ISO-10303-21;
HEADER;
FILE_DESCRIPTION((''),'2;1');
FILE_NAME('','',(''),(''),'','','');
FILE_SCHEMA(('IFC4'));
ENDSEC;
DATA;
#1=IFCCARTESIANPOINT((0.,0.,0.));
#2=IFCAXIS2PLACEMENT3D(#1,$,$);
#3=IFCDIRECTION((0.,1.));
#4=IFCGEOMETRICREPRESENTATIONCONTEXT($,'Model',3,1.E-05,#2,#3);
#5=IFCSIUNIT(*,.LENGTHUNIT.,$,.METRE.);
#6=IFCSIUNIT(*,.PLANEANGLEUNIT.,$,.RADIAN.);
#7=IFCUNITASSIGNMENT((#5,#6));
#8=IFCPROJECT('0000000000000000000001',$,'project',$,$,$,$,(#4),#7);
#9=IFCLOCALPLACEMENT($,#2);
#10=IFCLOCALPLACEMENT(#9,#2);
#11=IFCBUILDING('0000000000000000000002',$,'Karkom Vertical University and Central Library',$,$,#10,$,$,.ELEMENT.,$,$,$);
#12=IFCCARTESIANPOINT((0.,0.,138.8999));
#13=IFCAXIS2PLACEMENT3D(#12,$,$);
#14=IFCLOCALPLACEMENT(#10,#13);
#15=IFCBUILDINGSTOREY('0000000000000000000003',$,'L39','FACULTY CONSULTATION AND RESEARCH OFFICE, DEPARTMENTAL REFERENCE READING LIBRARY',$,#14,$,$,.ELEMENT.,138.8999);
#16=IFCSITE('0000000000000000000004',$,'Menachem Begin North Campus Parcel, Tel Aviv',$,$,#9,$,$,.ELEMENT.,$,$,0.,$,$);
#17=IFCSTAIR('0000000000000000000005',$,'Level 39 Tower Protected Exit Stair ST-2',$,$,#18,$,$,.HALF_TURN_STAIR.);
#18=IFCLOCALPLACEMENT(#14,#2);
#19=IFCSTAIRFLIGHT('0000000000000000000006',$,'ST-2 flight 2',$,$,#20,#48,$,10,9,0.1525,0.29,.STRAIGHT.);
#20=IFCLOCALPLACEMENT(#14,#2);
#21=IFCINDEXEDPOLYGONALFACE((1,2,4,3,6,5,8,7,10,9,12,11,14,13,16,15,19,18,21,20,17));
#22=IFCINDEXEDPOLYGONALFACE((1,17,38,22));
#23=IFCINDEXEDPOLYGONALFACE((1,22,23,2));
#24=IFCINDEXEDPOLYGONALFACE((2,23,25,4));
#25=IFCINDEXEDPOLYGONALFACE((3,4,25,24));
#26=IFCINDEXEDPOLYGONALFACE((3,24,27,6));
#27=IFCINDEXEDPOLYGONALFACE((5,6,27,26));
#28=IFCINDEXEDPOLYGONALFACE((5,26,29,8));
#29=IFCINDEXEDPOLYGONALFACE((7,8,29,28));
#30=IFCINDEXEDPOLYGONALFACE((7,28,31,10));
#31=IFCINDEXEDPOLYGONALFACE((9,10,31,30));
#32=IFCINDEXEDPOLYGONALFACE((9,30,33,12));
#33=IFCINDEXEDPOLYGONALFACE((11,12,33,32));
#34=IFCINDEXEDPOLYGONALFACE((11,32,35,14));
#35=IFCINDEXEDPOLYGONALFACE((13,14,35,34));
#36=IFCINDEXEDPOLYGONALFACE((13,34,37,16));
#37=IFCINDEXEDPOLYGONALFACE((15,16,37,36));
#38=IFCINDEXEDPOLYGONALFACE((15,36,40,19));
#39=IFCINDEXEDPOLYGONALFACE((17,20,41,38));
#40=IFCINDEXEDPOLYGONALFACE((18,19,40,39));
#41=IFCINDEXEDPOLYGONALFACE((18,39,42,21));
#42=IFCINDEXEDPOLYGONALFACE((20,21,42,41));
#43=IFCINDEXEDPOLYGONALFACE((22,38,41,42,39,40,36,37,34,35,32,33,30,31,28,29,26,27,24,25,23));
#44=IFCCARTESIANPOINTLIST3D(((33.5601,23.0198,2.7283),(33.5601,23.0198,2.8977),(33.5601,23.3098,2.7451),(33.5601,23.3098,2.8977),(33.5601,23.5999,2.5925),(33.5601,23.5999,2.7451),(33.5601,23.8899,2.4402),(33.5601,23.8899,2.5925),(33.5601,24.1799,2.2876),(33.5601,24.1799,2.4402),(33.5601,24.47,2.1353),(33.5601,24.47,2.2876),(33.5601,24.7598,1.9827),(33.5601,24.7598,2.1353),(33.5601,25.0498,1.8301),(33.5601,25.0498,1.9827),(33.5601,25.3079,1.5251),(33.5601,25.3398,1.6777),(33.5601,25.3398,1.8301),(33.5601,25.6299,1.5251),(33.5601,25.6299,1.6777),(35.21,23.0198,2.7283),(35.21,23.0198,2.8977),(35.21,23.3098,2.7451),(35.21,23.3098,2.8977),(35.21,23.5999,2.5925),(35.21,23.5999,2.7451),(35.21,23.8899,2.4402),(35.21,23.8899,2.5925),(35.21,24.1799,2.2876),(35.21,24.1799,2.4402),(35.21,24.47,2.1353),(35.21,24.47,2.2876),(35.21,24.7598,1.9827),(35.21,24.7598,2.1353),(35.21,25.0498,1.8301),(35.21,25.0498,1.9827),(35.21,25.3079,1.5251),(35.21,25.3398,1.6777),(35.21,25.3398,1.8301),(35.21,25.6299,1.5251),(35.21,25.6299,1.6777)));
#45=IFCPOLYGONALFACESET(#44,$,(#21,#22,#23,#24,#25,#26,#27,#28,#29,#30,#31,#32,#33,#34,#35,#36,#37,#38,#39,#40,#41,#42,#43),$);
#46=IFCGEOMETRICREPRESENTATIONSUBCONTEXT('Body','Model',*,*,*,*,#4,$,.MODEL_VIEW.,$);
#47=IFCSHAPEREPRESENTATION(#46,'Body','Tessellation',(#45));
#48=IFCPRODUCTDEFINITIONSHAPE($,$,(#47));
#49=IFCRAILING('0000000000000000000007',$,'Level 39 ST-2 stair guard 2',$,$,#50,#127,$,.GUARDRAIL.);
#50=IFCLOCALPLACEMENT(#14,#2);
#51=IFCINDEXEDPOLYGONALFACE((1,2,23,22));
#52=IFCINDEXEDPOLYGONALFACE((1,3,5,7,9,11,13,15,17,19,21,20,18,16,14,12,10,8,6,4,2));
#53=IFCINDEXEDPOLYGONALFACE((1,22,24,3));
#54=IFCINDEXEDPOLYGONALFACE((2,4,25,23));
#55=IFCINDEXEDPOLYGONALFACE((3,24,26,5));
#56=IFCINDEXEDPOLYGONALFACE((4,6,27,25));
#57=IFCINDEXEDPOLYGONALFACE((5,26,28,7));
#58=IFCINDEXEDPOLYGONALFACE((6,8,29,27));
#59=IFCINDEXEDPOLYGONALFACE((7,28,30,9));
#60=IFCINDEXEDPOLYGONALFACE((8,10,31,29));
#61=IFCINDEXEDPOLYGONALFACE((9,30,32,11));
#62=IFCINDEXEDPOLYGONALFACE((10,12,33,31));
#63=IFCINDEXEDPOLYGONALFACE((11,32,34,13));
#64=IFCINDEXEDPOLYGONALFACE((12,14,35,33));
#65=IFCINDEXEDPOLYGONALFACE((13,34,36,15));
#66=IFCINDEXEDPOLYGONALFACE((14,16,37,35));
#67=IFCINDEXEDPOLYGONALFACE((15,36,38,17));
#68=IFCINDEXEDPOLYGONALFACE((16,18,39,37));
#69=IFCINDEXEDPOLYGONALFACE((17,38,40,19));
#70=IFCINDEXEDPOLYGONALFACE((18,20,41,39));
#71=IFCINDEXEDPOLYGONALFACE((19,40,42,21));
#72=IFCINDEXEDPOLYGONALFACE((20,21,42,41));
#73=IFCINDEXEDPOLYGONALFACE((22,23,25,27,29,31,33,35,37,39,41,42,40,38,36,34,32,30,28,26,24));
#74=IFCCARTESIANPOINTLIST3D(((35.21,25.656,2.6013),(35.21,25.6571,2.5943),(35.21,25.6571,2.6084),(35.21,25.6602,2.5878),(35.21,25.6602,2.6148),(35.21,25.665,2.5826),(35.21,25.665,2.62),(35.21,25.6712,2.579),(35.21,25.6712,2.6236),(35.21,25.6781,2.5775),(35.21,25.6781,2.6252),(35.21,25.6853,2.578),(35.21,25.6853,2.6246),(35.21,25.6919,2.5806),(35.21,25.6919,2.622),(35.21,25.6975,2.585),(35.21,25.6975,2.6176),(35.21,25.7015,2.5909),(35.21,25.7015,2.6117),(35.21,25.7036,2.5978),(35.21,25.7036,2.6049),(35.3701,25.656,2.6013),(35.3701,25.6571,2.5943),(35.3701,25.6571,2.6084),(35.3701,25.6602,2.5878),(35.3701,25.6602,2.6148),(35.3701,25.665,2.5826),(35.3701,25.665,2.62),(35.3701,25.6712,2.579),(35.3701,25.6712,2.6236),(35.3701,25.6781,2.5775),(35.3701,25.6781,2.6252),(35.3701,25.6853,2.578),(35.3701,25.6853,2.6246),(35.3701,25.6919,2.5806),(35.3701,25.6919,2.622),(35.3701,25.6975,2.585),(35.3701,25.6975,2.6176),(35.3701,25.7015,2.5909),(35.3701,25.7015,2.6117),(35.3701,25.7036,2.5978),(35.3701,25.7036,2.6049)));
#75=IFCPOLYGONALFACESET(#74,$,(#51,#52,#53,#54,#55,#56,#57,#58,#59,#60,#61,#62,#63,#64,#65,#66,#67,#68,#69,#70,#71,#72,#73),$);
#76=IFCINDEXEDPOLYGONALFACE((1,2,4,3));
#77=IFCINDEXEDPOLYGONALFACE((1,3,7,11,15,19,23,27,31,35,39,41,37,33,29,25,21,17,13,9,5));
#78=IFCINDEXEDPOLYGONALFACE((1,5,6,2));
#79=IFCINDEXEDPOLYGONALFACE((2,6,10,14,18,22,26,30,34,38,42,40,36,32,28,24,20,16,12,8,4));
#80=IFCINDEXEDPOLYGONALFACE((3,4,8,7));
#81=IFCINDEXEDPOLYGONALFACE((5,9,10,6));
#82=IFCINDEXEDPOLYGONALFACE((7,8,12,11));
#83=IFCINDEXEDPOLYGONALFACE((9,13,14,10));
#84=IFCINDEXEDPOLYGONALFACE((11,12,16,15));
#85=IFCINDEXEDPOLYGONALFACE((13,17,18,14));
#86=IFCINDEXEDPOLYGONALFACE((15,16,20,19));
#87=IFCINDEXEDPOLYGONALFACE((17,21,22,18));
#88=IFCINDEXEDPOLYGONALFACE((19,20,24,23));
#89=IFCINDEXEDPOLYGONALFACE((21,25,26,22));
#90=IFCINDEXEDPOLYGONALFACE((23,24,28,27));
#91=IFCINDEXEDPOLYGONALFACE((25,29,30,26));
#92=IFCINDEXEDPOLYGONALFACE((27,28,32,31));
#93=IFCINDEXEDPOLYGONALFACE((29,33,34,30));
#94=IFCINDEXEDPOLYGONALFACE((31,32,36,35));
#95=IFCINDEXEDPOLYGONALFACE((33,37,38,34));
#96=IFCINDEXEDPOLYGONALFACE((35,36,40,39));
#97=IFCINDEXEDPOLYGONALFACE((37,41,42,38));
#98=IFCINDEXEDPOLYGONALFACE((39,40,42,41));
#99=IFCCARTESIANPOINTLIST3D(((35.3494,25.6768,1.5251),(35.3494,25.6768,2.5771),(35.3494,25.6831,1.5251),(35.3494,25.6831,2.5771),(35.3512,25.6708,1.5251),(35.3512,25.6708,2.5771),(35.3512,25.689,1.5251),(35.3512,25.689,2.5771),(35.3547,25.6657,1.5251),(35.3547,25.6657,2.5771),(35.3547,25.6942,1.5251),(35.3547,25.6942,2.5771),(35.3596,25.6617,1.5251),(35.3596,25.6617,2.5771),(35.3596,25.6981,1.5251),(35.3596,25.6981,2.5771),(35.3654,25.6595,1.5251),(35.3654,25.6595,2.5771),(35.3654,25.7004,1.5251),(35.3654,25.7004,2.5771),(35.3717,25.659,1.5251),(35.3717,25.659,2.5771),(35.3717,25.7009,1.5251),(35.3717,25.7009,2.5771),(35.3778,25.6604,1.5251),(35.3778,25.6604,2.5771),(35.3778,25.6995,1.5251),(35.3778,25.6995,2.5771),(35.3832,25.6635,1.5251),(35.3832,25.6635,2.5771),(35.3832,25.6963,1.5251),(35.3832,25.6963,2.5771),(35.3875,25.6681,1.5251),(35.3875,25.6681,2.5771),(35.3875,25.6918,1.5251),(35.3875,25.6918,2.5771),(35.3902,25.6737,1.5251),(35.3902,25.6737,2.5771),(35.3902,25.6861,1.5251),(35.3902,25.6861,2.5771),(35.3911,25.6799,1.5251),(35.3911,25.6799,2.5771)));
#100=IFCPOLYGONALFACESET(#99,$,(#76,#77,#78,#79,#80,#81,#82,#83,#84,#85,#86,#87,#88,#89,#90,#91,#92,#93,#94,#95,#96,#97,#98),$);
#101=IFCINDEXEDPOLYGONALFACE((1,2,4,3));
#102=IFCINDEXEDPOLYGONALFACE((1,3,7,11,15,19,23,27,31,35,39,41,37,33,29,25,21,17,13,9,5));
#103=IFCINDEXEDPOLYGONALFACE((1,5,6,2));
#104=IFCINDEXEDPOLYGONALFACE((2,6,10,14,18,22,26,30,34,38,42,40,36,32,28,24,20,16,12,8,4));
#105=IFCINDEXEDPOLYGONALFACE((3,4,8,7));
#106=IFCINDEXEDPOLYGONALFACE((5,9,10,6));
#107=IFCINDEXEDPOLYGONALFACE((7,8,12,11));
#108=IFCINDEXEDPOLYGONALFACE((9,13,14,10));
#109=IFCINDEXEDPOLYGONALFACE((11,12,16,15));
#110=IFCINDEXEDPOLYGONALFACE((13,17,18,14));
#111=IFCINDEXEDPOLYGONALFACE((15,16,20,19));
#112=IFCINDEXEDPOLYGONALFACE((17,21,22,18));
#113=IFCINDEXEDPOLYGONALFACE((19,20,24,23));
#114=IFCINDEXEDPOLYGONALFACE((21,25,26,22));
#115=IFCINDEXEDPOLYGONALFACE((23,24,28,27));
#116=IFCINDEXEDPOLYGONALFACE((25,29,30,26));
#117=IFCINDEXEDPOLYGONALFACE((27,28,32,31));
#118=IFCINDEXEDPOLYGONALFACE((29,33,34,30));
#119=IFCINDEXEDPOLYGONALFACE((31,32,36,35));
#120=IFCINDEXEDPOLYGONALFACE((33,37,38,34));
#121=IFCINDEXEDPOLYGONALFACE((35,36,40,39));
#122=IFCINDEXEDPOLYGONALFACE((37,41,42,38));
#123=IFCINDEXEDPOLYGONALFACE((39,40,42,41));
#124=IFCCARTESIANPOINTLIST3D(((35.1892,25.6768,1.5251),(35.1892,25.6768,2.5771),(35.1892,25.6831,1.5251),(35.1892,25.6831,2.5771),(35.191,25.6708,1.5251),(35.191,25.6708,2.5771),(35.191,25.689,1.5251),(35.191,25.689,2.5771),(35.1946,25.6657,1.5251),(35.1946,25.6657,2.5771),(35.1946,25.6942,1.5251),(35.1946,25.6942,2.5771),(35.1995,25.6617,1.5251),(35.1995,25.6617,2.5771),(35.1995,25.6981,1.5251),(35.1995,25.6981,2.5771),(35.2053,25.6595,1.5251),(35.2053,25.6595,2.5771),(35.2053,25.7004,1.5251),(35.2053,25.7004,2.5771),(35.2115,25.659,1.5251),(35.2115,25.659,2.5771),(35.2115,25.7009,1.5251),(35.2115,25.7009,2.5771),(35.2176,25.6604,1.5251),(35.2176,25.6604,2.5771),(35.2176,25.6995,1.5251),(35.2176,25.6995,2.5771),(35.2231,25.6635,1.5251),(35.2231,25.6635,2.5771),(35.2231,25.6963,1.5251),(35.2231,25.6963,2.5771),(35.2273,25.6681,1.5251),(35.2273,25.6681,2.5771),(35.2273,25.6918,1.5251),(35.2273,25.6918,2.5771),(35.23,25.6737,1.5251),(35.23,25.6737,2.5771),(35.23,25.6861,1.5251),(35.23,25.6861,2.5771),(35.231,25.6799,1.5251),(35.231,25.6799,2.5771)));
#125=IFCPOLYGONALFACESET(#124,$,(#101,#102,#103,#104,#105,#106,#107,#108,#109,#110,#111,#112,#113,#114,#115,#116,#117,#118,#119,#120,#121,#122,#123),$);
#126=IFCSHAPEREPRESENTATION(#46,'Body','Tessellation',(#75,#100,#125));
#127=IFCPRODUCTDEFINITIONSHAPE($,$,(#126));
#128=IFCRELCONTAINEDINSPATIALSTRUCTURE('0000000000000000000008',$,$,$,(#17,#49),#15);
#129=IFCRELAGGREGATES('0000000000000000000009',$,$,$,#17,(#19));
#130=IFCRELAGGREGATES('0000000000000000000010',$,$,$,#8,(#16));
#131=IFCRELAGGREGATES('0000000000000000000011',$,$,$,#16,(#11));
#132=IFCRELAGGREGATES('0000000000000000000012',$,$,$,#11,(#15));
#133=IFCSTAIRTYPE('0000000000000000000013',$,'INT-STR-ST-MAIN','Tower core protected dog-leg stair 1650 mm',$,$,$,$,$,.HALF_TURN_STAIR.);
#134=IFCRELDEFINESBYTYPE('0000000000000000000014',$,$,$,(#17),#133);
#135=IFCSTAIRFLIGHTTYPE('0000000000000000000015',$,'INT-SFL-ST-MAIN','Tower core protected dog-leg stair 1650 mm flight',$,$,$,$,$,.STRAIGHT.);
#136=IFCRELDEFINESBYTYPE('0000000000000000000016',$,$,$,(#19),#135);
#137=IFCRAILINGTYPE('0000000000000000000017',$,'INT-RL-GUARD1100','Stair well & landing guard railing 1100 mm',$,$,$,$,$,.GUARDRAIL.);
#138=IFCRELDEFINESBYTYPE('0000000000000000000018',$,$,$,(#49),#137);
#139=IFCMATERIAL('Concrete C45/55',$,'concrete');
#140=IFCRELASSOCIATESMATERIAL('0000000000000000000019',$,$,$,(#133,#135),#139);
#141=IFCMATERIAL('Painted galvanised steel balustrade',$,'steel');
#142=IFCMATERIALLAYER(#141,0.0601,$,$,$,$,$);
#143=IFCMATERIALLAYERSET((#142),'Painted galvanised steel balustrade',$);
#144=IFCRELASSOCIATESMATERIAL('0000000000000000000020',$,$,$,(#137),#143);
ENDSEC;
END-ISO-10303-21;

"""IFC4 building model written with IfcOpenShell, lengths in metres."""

from ifc_helpers import new_model, si_unit, direction, frame, origin, origin_2d, place, context, subcontext, project, spatial, polyline, circle, outline, extrude, material, layer, layer_set, type_object, element, aggregate, save


model = new_model("IFC4")

# Units and contexts
model_context = context("Model", 3, precision=1e-05, world=origin(), true_north=direction((0.0, 1.0)))
body_context = subcontext(model_context, "Body", "Model", "MODEL_VIEW")
ifc_project = project(units=[si_unit("LENGTHUNIT", "METRE"), si_unit("PLANEANGLEUNIT", "RADIAN")], contexts=[model_context])

# Site, building, storey
site_placement = place(None, origin())
site = spatial("IfcSite", under=ifc_project, at=site_placement, Name="Menachem Begin North Campus Parcel, Tel Aviv", CompositionType="ELEMENT", RefElevation=0.0)
building_placement = place(site_placement, origin())
building = spatial("IfcBuilding", under=site, at=building_placement, Name="Karkom Vertical University and Central Library", CompositionType="ELEMENT")
storey_placement = place(building_placement, frame((0.0, 0.0, 138.8999)))
storey = spatial("IfcBuildingStorey", under=building, at=storey_placement, Name="L39", Description="FACULTY CONSULTATION AND RESEARCH OFFICE, DEPARTMENTAL REFERENCE READING LIBRARY", CompositionType="ELEMENT", Elevation=138.8999)

# Shared definitions
ifc_material_1 = material(Name="Concrete C45/55", Category="concrete")

# Stair, stair flight
stair_type = type_object("IfcStairType", Name="INT-STR-ST-MAIN", Description="Tower core protected dog-leg stair 1650 mm", PredefinedType="HALF_TURN_STAIR", material=ifc_material_1)
stair_placement = place(storey_placement, origin())
stair = element("IfcStair", 1, at=stair_placement, inside=storey, type_object=stair_type, Name="Level 39 Tower Protected Exit Stair ST-2", PredefinedType="HALF_TURN_STAIR")
stair_flight_type = type_object("IfcStairFlightType", Name="INT-SFL-ST-MAIN", Description="Tower core protected dog-leg stair 1650 mm flight", PredefinedType="STRAIGHT", material=ifc_material_1)
stair_flight_placement = place(storey_placement, frame((34.385, 25.6299, 1.5251), z_axis=(0.0, 0.0, 1.0), x_axis=(0.0, -1.0, 0.0)))
stair_flight = element("IfcStairFlight", 2, at=stair_flight_placement, type_object=stair_flight_type, Name="ST-2 flight 2", NumberOfRisers=10, NumberOfTreads=9, PredefinedType="STRAIGHT", RiserHeight=0.1525, TreadLength=0.29, context=body_context, shape_type="SweptSolid", body=[
    extrude(outline(polyline([(0.0, 0.0), (0.0, 0.1526), (0.29, 0.1526), (0.29, 0.3049), (0.5801, 0.3049), (0.5801, 0.4575), (0.8701, 0.4575), (0.8701, 0.6101), (1.1599, 0.6101), (1.1599, 0.7625), (1.45, 0.7625), (1.45, 0.915), (1.74, 0.915), (1.74, 1.0674), (2.03, 1.0674), (2.03, 1.22), (2.3201, 1.22), (2.3201, 1.3726), (2.6101, 1.3726), (2.6101, 1.5249), (2.6101, 1.2031), (0.322, 0.0), (0.0, 0.0)])), frame((0.0, 0.825, 0.0), z_axis=(0.0, -1.0, 0.0), x_axis=(1.0, 0.0, 0.0)), (0.0, 0.0, 1.0), 1.6499),
])
aggregate(stair, [stair_flight])

# Railing
ifc_material_2 = material(Name="Painted galvanised steel balustrade", Category="steel")
ifc_layer_1 = layer(ifc_material_2, 0.0601)
ifc_layer_set_1 = layer_set([ifc_layer_1], Name="Painted galvanised steel balustrade")
railing_type_1 = type_object("IfcRailingType", Name="INT-RL-GUARD1100", Description="Stair well & landing guard railing 1100 mm", PredefinedType="GUARDRAIL", material=ifc_layer_set_1)
railing_1_placement = place(storey_placement, frame((35.3701, 25.6799, 1.5251)))
element("IfcRailing", 3, at=railing_1_placement, inside=storey, type_object=railing_type_1, Name="Level 39 ST-2 stair guard 2", PredefinedType="GUARDRAIL", context=body_context, shape_type="SweptSolid", body=[
    extrude(circle(Radius=0.0239, at=origin_2d()), frame((0.0, 0.0, 1.0762), z_axis=(-1.0, 0.0, 0.0), x_axis=(0.0, -1.0, 0.0)), (0.0, 0.0, 1.0), 0.1602),
    extrude(circle(Radius=0.021, at=origin_2d()), origin(), (0.0, 0.0, 1.0), 1.052),
    extrude(circle(Radius=0.021, at=origin_2d()), frame((-0.1602, 0.0, 0.0)), (0.0, 0.0, 1.0), 1.052),
])

save(model, "model.ifc")
